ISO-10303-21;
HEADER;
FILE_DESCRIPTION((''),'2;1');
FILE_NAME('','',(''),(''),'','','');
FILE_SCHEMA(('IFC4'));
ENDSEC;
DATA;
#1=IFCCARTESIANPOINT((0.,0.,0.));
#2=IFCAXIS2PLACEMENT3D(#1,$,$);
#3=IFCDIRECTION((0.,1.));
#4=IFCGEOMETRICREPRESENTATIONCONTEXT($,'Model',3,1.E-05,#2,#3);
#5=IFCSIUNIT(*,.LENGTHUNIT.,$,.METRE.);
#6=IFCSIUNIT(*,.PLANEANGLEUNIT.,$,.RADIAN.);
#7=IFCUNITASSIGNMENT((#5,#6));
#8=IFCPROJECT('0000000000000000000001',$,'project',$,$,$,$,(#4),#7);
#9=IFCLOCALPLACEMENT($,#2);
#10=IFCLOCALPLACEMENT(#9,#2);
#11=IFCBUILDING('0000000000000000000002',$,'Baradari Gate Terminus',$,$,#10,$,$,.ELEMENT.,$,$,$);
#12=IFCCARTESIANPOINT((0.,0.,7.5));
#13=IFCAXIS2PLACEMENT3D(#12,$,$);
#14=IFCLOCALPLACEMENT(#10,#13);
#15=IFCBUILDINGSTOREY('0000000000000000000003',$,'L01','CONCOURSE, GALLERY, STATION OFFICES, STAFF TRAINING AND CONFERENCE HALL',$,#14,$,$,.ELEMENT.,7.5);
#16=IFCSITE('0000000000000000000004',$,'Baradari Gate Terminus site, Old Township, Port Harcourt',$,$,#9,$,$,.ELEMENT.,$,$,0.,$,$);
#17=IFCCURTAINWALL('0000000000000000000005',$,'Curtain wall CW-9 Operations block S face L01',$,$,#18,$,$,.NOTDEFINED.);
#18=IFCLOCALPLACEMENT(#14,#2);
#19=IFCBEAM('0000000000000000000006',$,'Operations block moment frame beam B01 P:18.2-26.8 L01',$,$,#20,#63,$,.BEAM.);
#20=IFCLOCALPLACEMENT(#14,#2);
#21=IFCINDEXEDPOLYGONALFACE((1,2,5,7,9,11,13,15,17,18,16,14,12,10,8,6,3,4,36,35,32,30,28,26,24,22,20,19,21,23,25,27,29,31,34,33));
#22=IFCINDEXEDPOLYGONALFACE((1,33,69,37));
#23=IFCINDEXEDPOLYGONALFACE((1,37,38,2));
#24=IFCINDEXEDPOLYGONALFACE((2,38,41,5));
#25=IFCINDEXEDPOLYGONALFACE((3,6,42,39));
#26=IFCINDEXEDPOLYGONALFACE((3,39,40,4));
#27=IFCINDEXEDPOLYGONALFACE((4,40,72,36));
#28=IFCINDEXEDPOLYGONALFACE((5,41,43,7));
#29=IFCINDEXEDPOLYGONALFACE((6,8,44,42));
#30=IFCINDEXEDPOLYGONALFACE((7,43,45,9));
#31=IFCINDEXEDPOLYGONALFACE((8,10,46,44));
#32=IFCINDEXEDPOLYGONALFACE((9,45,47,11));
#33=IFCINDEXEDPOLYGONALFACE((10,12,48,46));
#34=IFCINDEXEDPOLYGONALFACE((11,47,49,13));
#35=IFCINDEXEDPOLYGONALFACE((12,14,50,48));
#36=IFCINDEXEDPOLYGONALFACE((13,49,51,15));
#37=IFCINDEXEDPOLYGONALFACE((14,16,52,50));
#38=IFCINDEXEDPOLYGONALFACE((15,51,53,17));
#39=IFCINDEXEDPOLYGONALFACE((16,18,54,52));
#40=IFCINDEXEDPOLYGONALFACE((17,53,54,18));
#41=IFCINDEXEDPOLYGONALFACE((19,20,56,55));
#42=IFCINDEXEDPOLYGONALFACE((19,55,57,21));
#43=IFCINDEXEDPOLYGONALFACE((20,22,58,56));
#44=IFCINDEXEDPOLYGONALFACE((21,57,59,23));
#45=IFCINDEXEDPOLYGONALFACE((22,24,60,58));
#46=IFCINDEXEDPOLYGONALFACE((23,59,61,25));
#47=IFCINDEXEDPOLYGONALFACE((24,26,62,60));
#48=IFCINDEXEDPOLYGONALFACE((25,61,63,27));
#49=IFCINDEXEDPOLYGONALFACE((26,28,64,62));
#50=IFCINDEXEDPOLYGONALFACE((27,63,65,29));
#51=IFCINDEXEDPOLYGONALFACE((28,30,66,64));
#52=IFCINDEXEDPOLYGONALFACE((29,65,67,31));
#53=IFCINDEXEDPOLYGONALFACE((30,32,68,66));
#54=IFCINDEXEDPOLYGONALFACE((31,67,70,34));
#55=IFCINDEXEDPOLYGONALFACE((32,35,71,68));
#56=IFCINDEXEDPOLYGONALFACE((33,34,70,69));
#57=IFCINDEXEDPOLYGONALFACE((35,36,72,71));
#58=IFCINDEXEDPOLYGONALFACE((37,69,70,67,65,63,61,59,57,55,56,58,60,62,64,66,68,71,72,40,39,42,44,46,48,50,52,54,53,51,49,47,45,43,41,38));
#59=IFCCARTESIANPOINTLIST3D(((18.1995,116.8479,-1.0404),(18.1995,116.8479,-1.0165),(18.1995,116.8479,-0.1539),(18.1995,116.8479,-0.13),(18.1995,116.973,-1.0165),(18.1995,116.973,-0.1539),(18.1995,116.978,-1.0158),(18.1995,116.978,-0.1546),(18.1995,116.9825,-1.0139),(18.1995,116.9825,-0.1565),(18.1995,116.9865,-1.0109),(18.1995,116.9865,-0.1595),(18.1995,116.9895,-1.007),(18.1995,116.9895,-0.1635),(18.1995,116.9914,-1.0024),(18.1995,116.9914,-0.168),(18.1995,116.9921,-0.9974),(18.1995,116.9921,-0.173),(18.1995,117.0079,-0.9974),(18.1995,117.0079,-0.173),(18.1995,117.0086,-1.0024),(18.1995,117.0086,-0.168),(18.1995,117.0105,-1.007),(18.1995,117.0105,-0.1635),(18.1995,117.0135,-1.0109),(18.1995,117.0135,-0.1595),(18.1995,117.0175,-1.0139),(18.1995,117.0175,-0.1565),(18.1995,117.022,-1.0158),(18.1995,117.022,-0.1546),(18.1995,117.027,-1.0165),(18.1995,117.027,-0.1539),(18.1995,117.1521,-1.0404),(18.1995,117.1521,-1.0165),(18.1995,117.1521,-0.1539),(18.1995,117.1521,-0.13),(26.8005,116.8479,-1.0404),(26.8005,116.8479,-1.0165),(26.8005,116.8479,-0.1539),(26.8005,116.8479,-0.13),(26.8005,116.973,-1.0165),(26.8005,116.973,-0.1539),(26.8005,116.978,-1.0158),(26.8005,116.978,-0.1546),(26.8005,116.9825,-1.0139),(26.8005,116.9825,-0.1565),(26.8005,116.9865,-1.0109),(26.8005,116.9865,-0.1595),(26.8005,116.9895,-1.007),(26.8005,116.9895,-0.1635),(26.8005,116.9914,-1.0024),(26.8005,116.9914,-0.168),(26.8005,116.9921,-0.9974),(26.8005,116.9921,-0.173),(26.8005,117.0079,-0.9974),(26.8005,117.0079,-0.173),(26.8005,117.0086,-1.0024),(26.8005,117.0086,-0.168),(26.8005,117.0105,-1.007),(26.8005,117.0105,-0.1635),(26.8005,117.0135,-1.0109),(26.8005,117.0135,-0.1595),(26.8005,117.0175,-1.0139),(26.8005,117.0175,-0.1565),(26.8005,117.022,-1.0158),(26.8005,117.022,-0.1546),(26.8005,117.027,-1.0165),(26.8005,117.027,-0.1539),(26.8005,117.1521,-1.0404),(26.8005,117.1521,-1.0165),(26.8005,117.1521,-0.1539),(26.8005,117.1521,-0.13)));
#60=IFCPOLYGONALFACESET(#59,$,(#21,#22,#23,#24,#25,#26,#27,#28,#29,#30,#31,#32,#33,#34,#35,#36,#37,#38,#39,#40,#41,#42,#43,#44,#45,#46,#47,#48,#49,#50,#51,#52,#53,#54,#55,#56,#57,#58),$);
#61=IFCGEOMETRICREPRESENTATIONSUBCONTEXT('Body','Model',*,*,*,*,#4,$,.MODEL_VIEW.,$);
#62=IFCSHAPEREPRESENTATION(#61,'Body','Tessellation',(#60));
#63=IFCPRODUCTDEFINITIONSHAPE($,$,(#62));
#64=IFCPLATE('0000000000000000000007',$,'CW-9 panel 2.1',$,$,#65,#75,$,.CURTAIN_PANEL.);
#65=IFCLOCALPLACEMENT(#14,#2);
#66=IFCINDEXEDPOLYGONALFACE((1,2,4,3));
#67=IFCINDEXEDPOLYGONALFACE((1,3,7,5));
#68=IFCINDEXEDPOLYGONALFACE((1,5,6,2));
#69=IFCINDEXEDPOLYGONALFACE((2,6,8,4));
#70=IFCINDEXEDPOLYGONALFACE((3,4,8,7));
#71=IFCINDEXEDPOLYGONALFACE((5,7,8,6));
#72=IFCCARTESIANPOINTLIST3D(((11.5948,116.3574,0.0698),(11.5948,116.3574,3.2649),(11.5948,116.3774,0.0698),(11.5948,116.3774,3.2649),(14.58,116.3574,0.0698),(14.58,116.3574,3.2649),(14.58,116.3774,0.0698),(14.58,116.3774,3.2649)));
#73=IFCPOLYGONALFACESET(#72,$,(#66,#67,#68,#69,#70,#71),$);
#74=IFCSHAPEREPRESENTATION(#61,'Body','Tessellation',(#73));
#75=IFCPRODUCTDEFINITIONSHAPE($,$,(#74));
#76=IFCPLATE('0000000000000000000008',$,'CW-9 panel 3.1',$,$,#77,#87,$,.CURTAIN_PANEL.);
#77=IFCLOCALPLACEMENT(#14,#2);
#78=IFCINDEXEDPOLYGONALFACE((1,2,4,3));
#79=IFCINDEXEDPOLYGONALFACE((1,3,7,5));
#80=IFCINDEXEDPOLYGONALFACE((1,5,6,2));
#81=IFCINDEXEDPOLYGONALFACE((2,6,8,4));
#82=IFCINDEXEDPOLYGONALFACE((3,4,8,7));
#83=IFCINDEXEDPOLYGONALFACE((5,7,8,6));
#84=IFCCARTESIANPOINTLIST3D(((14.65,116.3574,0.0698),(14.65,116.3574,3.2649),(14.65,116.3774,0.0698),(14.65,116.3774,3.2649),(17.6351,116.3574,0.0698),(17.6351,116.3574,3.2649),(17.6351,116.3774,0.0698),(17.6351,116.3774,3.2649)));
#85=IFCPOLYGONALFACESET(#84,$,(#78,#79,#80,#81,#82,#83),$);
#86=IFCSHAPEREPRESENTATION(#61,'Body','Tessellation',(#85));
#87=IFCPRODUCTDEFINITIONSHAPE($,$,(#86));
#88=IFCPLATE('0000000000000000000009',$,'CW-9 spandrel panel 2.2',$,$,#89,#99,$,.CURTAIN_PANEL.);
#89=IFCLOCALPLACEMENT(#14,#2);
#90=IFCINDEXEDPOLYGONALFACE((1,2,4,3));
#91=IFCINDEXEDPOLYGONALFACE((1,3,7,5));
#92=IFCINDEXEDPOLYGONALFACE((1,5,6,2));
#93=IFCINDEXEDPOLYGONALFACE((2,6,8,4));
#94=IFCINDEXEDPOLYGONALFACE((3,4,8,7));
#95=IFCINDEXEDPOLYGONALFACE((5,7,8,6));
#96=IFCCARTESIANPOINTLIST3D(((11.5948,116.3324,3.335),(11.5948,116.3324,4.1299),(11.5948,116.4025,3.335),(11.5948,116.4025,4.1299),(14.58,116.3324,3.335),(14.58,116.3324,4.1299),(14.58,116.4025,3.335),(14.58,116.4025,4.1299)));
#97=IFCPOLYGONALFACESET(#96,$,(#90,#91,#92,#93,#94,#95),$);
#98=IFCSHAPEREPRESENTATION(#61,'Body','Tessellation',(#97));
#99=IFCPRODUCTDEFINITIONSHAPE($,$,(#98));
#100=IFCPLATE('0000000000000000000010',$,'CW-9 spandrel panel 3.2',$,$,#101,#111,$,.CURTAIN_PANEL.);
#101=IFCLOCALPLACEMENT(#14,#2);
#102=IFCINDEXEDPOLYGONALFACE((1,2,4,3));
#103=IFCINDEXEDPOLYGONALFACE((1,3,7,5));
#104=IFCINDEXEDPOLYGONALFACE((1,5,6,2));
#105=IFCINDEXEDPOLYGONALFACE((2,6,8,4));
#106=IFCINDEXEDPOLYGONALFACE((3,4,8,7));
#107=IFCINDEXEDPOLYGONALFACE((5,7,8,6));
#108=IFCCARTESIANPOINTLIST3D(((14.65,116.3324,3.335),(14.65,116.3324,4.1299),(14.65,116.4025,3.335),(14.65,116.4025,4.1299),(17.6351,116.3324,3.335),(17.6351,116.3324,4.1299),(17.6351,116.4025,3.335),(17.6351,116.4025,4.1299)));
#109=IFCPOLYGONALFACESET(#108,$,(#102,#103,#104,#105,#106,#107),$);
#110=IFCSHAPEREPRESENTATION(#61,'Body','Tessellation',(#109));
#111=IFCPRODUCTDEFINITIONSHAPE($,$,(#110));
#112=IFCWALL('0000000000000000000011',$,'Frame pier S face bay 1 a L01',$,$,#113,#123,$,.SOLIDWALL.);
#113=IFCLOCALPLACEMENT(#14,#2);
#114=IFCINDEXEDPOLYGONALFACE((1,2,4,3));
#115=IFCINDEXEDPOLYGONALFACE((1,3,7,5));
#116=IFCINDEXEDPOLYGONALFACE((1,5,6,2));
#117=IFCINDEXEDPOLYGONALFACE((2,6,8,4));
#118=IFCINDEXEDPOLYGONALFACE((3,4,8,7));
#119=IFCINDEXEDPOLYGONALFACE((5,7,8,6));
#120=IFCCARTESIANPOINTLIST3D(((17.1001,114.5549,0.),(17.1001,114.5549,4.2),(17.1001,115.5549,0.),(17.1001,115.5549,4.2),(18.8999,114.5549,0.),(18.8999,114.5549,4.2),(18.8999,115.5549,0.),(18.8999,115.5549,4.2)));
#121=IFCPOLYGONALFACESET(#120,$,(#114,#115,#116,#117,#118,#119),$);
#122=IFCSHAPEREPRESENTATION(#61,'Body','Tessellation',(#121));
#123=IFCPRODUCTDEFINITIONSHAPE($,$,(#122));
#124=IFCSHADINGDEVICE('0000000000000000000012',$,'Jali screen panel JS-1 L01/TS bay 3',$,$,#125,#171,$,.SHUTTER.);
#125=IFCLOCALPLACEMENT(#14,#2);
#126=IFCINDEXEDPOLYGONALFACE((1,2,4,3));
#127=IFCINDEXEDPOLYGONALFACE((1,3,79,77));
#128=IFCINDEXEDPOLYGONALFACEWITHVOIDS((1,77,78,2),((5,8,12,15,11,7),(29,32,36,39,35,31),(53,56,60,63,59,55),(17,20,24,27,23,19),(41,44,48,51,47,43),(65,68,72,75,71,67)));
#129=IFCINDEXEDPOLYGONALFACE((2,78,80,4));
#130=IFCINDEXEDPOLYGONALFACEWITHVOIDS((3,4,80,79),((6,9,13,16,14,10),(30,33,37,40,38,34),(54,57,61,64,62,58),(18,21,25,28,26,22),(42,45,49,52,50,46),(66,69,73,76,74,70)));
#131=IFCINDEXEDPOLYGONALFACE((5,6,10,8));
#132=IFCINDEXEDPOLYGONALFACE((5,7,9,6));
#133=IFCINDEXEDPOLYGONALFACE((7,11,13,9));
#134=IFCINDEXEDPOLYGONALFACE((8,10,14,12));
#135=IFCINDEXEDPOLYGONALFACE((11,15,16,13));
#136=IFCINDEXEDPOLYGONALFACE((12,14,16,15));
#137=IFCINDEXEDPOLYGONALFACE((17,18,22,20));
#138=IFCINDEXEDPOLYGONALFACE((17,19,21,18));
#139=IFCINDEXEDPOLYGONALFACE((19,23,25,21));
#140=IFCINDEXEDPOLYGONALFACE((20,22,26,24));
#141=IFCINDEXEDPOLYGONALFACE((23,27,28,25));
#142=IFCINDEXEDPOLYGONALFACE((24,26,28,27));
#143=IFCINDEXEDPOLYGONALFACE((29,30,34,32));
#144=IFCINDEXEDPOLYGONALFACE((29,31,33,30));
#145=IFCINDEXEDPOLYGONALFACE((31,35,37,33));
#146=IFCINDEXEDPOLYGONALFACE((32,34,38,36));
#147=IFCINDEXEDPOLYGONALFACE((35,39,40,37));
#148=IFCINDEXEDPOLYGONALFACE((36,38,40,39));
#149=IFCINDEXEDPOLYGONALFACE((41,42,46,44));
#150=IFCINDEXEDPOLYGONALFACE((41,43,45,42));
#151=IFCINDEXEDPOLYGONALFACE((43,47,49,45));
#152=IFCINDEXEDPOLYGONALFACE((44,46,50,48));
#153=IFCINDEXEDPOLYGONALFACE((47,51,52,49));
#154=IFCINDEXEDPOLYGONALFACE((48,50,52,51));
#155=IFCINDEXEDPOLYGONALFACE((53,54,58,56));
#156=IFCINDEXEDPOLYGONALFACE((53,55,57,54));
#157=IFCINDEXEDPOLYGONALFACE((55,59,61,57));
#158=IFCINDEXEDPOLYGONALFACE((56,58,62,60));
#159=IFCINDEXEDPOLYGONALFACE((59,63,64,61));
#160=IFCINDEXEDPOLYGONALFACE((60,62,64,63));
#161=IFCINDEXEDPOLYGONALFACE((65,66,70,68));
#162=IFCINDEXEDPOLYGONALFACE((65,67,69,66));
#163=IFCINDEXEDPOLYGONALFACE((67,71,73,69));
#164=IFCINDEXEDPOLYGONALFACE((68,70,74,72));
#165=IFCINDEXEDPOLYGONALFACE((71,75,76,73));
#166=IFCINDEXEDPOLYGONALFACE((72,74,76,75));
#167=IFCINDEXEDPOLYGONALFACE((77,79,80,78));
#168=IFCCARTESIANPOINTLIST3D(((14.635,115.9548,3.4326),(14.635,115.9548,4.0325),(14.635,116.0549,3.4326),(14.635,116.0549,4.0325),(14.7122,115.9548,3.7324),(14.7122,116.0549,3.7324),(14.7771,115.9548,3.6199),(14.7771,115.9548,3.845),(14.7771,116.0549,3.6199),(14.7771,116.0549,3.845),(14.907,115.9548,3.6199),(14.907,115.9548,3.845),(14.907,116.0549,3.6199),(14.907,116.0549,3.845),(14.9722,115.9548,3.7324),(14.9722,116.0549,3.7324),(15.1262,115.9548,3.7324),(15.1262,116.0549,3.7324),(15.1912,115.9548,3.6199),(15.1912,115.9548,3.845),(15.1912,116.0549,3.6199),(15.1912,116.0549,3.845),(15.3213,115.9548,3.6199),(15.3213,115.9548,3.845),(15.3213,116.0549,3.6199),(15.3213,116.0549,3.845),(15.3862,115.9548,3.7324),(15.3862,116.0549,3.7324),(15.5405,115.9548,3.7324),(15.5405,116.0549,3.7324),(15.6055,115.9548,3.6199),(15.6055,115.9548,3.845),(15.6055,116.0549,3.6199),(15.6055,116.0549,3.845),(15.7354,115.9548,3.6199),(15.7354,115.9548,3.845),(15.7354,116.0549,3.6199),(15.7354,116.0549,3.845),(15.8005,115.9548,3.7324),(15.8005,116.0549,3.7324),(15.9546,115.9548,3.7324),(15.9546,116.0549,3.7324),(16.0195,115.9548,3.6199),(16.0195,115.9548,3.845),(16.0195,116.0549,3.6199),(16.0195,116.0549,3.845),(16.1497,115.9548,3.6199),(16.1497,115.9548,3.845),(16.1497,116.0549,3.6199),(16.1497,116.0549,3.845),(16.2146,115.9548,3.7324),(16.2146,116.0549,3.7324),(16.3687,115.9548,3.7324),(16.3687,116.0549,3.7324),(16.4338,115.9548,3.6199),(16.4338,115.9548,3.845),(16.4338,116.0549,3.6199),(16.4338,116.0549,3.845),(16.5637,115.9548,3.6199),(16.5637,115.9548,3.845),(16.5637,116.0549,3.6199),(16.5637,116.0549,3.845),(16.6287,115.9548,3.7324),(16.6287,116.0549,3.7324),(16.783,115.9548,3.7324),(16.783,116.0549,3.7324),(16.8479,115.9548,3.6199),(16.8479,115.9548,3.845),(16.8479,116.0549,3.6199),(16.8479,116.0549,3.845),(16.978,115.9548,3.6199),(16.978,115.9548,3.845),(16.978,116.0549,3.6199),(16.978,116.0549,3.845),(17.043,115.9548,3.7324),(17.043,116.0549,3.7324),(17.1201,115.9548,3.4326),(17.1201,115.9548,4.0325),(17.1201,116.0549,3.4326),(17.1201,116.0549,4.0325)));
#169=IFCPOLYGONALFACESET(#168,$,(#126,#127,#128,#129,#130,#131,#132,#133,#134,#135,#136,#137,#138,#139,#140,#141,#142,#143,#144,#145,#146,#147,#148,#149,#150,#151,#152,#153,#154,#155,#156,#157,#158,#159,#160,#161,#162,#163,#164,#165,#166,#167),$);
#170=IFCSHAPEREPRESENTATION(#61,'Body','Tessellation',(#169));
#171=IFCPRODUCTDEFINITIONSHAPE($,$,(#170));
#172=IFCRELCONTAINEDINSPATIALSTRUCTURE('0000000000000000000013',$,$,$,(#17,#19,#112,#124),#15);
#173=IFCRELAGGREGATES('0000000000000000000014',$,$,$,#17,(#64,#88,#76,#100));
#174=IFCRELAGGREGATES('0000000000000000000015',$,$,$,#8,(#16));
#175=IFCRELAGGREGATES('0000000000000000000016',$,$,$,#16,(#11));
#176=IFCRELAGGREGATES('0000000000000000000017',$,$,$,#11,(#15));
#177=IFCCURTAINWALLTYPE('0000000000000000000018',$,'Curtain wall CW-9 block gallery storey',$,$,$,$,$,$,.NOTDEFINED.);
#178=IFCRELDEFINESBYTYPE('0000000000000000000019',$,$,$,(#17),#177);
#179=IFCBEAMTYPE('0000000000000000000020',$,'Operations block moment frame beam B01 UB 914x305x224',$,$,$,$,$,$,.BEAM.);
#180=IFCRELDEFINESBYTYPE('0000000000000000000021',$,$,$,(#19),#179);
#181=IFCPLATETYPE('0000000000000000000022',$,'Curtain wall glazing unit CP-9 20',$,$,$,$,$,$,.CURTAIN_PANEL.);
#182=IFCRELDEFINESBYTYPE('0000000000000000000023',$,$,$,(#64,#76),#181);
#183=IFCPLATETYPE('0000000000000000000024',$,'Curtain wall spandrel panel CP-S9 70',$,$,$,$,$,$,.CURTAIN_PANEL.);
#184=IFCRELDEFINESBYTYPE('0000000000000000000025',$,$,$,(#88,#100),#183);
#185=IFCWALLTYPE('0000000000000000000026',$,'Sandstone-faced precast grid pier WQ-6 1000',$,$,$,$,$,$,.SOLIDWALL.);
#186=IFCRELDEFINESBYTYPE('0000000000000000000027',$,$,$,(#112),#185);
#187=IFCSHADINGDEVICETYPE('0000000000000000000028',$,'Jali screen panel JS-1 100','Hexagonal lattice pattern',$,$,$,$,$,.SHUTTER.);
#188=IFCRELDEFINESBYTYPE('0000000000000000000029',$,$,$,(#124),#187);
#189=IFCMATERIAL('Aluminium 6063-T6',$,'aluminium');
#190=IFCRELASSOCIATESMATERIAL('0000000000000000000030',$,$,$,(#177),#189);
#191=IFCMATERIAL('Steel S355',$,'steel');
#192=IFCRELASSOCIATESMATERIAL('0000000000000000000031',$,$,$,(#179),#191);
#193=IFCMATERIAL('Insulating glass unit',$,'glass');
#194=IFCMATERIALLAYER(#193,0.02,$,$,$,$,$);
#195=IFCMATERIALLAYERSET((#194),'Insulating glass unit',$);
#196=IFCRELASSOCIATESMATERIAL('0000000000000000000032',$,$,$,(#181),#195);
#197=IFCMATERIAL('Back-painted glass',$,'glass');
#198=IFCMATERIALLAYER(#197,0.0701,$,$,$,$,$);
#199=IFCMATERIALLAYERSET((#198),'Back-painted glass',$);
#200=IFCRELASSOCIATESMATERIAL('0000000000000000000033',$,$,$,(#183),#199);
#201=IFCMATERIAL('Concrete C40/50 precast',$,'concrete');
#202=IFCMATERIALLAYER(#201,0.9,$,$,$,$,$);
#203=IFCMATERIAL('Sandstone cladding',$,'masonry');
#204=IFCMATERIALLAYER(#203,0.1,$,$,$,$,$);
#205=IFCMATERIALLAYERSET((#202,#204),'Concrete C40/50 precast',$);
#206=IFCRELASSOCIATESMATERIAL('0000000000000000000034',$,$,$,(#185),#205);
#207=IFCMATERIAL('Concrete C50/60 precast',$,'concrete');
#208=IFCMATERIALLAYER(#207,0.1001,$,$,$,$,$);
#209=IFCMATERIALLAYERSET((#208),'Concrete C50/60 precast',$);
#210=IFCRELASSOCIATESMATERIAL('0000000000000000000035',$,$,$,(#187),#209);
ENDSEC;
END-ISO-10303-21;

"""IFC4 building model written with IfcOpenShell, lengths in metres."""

from ifc_helpers import new_model, si_unit, direction, frame, frame_2d, origin, origin_2d, place, context, subcontext, project, spatial, polyline, rectangle, i_section, outline, extrude, material, layer, layer_set, material_profile, profile_set, type_object, element, aggregate, save


model = new_model("IFC4")

# Units and contexts
model_context = context("Model", 3, precision=1e-05, world=origin(), true_north=direction((0.0, 1.0)))
body_context = subcontext(model_context, "Body", "Model", "MODEL_VIEW")
ifc_project = project(units=[si_unit("LENGTHUNIT", "METRE"), si_unit("PLANEANGLEUNIT", "RADIAN")], contexts=[model_context])

# Site, building, storey
site_placement = place(None, origin())
site = spatial("IfcSite", under=ifc_project, at=site_placement, Name="Baradari Gate Terminus site, Old Township, Port Harcourt", CompositionType="ELEMENT", RefElevation=0.0)
building_placement = place(site_placement, origin())
building = spatial("IfcBuilding", under=site, at=building_placement, Name="Baradari Gate Terminus", CompositionType="ELEMENT")
storey_placement = place(building_placement, frame((0.0, 0.0, 7.5)))
storey = spatial("IfcBuildingStorey", under=building, at=storey_placement, Name="L01", Description="CONCOURSE, GALLERY, STATION OFFICES, STAFF TRAINING AND CONFERENCE HALL", CompositionType="ELEMENT", Elevation=7.5)

# Curtain wall
ifc_material_1 = material(Name="Aluminium 6063-T6", Category="aluminium")
curtain_wall_type = type_object("IfcCurtainWallType", Name="Curtain wall CW-9 block gallery storey", PredefinedType="NOTDEFINED", material=ifc_material_1)
curtain_wall_placement = place(storey_placement, origin())
curtain_wall = element("IfcCurtainWall", 1, at=curtain_wall_placement, inside=storey, type_object=curtain_wall_type, Name="Curtain wall CW-9 Operations block S face L01", PredefinedType="NOTDEFINED")

# Beam
ifc_material_2 = material(Name="Steel S355", Category="steel")
ifc_material_profile_1 = material_profile(ifc_material_2, i_section(OverallWidth=0.3042, OverallDepth=0.9104, WebThickness=0.0159, FlangeThickness=0.0239, FilletRadius=0.019, at=origin_2d()), Name="UB 914x305x224")
ifc_profile_set_1 = profile_set([ifc_material_profile_1], Name="Steel S355")
beam_type = type_object("IfcBeamType", Name="Operations block moment frame beam B01 UB 914x305x224", PredefinedType="BEAM", material=ifc_profile_set_1)
beam_placement = place(storey_placement, frame((18.1995, 117.0, -0.5852), z_axis=(1.0, 0.0, 0.0), x_axis=(0.0, 1.0, 0.0)))
element("IfcBeam", 2, at=beam_placement, inside=storey, type_object=beam_type, Name="Operations block moment frame beam B01 P:18.2-26.8 L01", PredefinedType="BEAM", context=body_context, shape_type="SweptSolid", body=[
    extrude(i_section(OverallWidth=0.3042, OverallDepth=0.9104, WebThickness=0.0159, FlangeThickness=0.0239, FilletRadius=0.019, at=origin_2d()), origin(), (0.0, 0.0, 1.0), 8.6011),
])

# Plates
ifc_material_3 = material(Name="Insulating glass unit", Category="glass")
ifc_layer_1 = layer(ifc_material_3, 0.02)
ifc_layer_set_1 = layer_set([ifc_layer_1], Name="Insulating glass unit")
plate_type_1 = type_object("IfcPlateType", Name="Curtain wall glazing unit CP-9 20", PredefinedType="CURTAIN_PANEL", material=ifc_layer_set_1)
plate_1_placement = place(storey_placement, frame((13.0874, 116.3674, 0.0698), z_axis=(0.0, 0.0, 1.0), x_axis=(1.0, 0.0, 0.0)))
plate_1 = element("IfcPlate", 3, at=plate_1_placement, type_object=plate_type_1, Name="CW-9 panel 2.1", PredefinedType="CURTAIN_PANEL", context=body_context, shape_type="SweptSolid", body=[
    extrude(rectangle(XDim=2.9851, YDim=0.02, at=origin_2d()), origin(), (0.0, 0.0, 1.0), 3.1951),
])
plate_2_placement = place(storey_placement, frame((16.1426, 116.3674, 0.0698), z_axis=(0.0, 0.0, 1.0), x_axis=(1.0, 0.0, 0.0)))
plate_2 = element("IfcPlate", 4, at=plate_2_placement, type_object=plate_type_1, Name="CW-9 panel 3.1", PredefinedType="CURTAIN_PANEL", context=body_context, shape_type="SweptSolid", body=[
    extrude(rectangle(XDim=2.9851, YDim=0.02, at=origin_2d()), origin(), (0.0, 0.0, 1.0), 3.1951),
])
ifc_material_4 = material(Name="Back-painted glass", Category="glass")
ifc_layer_2 = layer(ifc_material_4, 0.0701)
ifc_layer_set_2 = layer_set([ifc_layer_2], Name="Back-painted glass")
plate_type_2 = type_object("IfcPlateType", Name="Curtain wall spandrel panel CP-S9 70", PredefinedType="CURTAIN_PANEL", material=ifc_layer_set_2)
plate_3_placement = place(storey_placement, frame((13.0874, 116.3674, 3.335), z_axis=(0.0, 0.0, 1.0), x_axis=(1.0, 0.0, 0.0)))
plate_3 = element("IfcPlate", 5, at=plate_3_placement, type_object=plate_type_2, Name="CW-9 spandrel panel 2.2", PredefinedType="CURTAIN_PANEL", context=body_context, shape_type="SweptSolid", body=[
    extrude(rectangle(XDim=2.9851, YDim=0.0701, at=origin_2d()), origin(), (0.0, 0.0, 1.0), 0.7949),
])
plate_4_placement = place(storey_placement, frame((16.1426, 116.3674, 3.335), z_axis=(0.0, 0.0, 1.0), x_axis=(1.0, 0.0, 0.0)))
plate_4 = element("IfcPlate", 6, at=plate_4_placement, type_object=plate_type_2, Name="CW-9 spandrel panel 3.2", PredefinedType="CURTAIN_PANEL", context=body_context, shape_type="SweptSolid", body=[
    extrude(rectangle(XDim=2.9851, YDim=0.0701, at=origin_2d()), origin(), (0.0, 0.0, 1.0), 0.7949),
])
aggregate(curtain_wall, [plate_1, plate_3, plate_2, plate_4])

# Wall
ifc_material_5 = material(Name="Concrete C40/50 precast", Category="concrete")
ifc_layer_3 = layer(ifc_material_5, 0.9)
ifc_material_6 = material(Name="Sandstone cladding", Category="masonry")
ifc_layer_4 = layer(ifc_material_6, 0.1)
ifc_layer_set_3 = layer_set([ifc_layer_3, ifc_layer_4], Name="Concrete C40/50 precast")
wall_type = type_object("IfcWallType", Name="Sandstone-faced precast grid pier WQ-6 1000", PredefinedType="SOLIDWALL", material=ifc_layer_set_3)
wall_placement = place(storey_placement, frame((17.1001, 115.0549, 0.0), z_axis=(0.0, 0.0, 1.0), x_axis=(1.0, 0.0, 0.0)))
element("IfcWall", 7, at=wall_placement, inside=storey, type_object=wall_type, Name="Frame pier S face bay 1 a L01", PredefinedType="SOLIDWALL", context=body_context, shape_type="SweptSolid", body=[
    extrude(rectangle(XDim=1.7998, YDim=1.0, at=frame_2d((0.8999, 0.0))), origin(), (0.0, 0.0, 1.0), 4.2),
])

# Shading device
ifc_material_7 = material(Name="Concrete C50/60 precast", Category="concrete")
ifc_layer_5 = layer(ifc_material_7, 0.1001)
ifc_layer_set_4 = layer_set([ifc_layer_5], Name="Concrete C50/60 precast")
shading_device_type = type_object("IfcShadingDeviceType", Name="Jali screen panel JS-1 100", Description="Hexagonal lattice pattern", PredefinedType="SHUTTER", material=ifc_layer_set_4)
for number, where, z_axis, x_axis, name in (
    (8, (14.635, 116.0049, 3.4326), (0.0, 0.0, 1.0), (1.0, 0.0, 0.0), "Jali screen panel JS-1 L01/TS bay 3"),
):
    element("IfcShadingDevice", number, at=place(storey_placement, frame(where, z_axis=z_axis, x_axis=x_axis)), inside=storey, type_object=shading_device_type, Name=name, PredefinedType="SHUTTER", context=body_context, shape_type="SweptSolid", body=[
        extrude(outline(polyline([(0.0, 0.0), (2.4851, 0.0), (2.4851, 0.5999), (0.0, 0.5999), (0.0, 0.0)]), holes=[polyline([(0.3372, 0.2998), (0.272, 0.1873), (0.1421, 0.1873), (0.0771, 0.2998), (0.1421, 0.4124), (0.272, 0.4124), (0.3372, 0.2998)]), polyline([(0.7512, 0.2998), (0.6863, 0.1873), (0.5562, 0.1873), (0.4912, 0.2998), (0.5562, 0.4124), (0.6863, 0.4124), (0.7512, 0.2998)]), polyline([(1.1655, 0.2998), (1.1003, 0.1873), (0.9705, 0.1873), (0.9055, 0.2998), (0.9705, 0.4124), (1.1003, 0.4124), (1.1655, 0.2998)]), polyline([(1.5796, 0.2998), (1.5146, 0.1873), (1.3845, 0.1873), (1.3196, 0.2998), (1.3845, 0.4124), (1.5146, 0.4124), (1.5796, 0.2998)]), polyline([(1.9937, 0.2998), (1.9287, 0.1873), (1.7988, 0.1873), (1.7336, 0.2998), (1.7988, 0.4124), (1.9287, 0.4124), (1.9937, 0.2998)]), polyline([(2.408, 0.2998), (2.343, 0.1873), (2.2129, 0.1873), (2.1479, 0.2998), (2.2129, 0.4124), (2.343, 0.4124), (2.408, 0.2998)])]), frame((0.0, 0.05, 0.0), z_axis=(0.0, -1.0, 0.0), x_axis=(1.0, 0.0, 0.0)), (0.0, 0.0, 1.0), 0.1001),
    ])

save(model, "model.ifc")
